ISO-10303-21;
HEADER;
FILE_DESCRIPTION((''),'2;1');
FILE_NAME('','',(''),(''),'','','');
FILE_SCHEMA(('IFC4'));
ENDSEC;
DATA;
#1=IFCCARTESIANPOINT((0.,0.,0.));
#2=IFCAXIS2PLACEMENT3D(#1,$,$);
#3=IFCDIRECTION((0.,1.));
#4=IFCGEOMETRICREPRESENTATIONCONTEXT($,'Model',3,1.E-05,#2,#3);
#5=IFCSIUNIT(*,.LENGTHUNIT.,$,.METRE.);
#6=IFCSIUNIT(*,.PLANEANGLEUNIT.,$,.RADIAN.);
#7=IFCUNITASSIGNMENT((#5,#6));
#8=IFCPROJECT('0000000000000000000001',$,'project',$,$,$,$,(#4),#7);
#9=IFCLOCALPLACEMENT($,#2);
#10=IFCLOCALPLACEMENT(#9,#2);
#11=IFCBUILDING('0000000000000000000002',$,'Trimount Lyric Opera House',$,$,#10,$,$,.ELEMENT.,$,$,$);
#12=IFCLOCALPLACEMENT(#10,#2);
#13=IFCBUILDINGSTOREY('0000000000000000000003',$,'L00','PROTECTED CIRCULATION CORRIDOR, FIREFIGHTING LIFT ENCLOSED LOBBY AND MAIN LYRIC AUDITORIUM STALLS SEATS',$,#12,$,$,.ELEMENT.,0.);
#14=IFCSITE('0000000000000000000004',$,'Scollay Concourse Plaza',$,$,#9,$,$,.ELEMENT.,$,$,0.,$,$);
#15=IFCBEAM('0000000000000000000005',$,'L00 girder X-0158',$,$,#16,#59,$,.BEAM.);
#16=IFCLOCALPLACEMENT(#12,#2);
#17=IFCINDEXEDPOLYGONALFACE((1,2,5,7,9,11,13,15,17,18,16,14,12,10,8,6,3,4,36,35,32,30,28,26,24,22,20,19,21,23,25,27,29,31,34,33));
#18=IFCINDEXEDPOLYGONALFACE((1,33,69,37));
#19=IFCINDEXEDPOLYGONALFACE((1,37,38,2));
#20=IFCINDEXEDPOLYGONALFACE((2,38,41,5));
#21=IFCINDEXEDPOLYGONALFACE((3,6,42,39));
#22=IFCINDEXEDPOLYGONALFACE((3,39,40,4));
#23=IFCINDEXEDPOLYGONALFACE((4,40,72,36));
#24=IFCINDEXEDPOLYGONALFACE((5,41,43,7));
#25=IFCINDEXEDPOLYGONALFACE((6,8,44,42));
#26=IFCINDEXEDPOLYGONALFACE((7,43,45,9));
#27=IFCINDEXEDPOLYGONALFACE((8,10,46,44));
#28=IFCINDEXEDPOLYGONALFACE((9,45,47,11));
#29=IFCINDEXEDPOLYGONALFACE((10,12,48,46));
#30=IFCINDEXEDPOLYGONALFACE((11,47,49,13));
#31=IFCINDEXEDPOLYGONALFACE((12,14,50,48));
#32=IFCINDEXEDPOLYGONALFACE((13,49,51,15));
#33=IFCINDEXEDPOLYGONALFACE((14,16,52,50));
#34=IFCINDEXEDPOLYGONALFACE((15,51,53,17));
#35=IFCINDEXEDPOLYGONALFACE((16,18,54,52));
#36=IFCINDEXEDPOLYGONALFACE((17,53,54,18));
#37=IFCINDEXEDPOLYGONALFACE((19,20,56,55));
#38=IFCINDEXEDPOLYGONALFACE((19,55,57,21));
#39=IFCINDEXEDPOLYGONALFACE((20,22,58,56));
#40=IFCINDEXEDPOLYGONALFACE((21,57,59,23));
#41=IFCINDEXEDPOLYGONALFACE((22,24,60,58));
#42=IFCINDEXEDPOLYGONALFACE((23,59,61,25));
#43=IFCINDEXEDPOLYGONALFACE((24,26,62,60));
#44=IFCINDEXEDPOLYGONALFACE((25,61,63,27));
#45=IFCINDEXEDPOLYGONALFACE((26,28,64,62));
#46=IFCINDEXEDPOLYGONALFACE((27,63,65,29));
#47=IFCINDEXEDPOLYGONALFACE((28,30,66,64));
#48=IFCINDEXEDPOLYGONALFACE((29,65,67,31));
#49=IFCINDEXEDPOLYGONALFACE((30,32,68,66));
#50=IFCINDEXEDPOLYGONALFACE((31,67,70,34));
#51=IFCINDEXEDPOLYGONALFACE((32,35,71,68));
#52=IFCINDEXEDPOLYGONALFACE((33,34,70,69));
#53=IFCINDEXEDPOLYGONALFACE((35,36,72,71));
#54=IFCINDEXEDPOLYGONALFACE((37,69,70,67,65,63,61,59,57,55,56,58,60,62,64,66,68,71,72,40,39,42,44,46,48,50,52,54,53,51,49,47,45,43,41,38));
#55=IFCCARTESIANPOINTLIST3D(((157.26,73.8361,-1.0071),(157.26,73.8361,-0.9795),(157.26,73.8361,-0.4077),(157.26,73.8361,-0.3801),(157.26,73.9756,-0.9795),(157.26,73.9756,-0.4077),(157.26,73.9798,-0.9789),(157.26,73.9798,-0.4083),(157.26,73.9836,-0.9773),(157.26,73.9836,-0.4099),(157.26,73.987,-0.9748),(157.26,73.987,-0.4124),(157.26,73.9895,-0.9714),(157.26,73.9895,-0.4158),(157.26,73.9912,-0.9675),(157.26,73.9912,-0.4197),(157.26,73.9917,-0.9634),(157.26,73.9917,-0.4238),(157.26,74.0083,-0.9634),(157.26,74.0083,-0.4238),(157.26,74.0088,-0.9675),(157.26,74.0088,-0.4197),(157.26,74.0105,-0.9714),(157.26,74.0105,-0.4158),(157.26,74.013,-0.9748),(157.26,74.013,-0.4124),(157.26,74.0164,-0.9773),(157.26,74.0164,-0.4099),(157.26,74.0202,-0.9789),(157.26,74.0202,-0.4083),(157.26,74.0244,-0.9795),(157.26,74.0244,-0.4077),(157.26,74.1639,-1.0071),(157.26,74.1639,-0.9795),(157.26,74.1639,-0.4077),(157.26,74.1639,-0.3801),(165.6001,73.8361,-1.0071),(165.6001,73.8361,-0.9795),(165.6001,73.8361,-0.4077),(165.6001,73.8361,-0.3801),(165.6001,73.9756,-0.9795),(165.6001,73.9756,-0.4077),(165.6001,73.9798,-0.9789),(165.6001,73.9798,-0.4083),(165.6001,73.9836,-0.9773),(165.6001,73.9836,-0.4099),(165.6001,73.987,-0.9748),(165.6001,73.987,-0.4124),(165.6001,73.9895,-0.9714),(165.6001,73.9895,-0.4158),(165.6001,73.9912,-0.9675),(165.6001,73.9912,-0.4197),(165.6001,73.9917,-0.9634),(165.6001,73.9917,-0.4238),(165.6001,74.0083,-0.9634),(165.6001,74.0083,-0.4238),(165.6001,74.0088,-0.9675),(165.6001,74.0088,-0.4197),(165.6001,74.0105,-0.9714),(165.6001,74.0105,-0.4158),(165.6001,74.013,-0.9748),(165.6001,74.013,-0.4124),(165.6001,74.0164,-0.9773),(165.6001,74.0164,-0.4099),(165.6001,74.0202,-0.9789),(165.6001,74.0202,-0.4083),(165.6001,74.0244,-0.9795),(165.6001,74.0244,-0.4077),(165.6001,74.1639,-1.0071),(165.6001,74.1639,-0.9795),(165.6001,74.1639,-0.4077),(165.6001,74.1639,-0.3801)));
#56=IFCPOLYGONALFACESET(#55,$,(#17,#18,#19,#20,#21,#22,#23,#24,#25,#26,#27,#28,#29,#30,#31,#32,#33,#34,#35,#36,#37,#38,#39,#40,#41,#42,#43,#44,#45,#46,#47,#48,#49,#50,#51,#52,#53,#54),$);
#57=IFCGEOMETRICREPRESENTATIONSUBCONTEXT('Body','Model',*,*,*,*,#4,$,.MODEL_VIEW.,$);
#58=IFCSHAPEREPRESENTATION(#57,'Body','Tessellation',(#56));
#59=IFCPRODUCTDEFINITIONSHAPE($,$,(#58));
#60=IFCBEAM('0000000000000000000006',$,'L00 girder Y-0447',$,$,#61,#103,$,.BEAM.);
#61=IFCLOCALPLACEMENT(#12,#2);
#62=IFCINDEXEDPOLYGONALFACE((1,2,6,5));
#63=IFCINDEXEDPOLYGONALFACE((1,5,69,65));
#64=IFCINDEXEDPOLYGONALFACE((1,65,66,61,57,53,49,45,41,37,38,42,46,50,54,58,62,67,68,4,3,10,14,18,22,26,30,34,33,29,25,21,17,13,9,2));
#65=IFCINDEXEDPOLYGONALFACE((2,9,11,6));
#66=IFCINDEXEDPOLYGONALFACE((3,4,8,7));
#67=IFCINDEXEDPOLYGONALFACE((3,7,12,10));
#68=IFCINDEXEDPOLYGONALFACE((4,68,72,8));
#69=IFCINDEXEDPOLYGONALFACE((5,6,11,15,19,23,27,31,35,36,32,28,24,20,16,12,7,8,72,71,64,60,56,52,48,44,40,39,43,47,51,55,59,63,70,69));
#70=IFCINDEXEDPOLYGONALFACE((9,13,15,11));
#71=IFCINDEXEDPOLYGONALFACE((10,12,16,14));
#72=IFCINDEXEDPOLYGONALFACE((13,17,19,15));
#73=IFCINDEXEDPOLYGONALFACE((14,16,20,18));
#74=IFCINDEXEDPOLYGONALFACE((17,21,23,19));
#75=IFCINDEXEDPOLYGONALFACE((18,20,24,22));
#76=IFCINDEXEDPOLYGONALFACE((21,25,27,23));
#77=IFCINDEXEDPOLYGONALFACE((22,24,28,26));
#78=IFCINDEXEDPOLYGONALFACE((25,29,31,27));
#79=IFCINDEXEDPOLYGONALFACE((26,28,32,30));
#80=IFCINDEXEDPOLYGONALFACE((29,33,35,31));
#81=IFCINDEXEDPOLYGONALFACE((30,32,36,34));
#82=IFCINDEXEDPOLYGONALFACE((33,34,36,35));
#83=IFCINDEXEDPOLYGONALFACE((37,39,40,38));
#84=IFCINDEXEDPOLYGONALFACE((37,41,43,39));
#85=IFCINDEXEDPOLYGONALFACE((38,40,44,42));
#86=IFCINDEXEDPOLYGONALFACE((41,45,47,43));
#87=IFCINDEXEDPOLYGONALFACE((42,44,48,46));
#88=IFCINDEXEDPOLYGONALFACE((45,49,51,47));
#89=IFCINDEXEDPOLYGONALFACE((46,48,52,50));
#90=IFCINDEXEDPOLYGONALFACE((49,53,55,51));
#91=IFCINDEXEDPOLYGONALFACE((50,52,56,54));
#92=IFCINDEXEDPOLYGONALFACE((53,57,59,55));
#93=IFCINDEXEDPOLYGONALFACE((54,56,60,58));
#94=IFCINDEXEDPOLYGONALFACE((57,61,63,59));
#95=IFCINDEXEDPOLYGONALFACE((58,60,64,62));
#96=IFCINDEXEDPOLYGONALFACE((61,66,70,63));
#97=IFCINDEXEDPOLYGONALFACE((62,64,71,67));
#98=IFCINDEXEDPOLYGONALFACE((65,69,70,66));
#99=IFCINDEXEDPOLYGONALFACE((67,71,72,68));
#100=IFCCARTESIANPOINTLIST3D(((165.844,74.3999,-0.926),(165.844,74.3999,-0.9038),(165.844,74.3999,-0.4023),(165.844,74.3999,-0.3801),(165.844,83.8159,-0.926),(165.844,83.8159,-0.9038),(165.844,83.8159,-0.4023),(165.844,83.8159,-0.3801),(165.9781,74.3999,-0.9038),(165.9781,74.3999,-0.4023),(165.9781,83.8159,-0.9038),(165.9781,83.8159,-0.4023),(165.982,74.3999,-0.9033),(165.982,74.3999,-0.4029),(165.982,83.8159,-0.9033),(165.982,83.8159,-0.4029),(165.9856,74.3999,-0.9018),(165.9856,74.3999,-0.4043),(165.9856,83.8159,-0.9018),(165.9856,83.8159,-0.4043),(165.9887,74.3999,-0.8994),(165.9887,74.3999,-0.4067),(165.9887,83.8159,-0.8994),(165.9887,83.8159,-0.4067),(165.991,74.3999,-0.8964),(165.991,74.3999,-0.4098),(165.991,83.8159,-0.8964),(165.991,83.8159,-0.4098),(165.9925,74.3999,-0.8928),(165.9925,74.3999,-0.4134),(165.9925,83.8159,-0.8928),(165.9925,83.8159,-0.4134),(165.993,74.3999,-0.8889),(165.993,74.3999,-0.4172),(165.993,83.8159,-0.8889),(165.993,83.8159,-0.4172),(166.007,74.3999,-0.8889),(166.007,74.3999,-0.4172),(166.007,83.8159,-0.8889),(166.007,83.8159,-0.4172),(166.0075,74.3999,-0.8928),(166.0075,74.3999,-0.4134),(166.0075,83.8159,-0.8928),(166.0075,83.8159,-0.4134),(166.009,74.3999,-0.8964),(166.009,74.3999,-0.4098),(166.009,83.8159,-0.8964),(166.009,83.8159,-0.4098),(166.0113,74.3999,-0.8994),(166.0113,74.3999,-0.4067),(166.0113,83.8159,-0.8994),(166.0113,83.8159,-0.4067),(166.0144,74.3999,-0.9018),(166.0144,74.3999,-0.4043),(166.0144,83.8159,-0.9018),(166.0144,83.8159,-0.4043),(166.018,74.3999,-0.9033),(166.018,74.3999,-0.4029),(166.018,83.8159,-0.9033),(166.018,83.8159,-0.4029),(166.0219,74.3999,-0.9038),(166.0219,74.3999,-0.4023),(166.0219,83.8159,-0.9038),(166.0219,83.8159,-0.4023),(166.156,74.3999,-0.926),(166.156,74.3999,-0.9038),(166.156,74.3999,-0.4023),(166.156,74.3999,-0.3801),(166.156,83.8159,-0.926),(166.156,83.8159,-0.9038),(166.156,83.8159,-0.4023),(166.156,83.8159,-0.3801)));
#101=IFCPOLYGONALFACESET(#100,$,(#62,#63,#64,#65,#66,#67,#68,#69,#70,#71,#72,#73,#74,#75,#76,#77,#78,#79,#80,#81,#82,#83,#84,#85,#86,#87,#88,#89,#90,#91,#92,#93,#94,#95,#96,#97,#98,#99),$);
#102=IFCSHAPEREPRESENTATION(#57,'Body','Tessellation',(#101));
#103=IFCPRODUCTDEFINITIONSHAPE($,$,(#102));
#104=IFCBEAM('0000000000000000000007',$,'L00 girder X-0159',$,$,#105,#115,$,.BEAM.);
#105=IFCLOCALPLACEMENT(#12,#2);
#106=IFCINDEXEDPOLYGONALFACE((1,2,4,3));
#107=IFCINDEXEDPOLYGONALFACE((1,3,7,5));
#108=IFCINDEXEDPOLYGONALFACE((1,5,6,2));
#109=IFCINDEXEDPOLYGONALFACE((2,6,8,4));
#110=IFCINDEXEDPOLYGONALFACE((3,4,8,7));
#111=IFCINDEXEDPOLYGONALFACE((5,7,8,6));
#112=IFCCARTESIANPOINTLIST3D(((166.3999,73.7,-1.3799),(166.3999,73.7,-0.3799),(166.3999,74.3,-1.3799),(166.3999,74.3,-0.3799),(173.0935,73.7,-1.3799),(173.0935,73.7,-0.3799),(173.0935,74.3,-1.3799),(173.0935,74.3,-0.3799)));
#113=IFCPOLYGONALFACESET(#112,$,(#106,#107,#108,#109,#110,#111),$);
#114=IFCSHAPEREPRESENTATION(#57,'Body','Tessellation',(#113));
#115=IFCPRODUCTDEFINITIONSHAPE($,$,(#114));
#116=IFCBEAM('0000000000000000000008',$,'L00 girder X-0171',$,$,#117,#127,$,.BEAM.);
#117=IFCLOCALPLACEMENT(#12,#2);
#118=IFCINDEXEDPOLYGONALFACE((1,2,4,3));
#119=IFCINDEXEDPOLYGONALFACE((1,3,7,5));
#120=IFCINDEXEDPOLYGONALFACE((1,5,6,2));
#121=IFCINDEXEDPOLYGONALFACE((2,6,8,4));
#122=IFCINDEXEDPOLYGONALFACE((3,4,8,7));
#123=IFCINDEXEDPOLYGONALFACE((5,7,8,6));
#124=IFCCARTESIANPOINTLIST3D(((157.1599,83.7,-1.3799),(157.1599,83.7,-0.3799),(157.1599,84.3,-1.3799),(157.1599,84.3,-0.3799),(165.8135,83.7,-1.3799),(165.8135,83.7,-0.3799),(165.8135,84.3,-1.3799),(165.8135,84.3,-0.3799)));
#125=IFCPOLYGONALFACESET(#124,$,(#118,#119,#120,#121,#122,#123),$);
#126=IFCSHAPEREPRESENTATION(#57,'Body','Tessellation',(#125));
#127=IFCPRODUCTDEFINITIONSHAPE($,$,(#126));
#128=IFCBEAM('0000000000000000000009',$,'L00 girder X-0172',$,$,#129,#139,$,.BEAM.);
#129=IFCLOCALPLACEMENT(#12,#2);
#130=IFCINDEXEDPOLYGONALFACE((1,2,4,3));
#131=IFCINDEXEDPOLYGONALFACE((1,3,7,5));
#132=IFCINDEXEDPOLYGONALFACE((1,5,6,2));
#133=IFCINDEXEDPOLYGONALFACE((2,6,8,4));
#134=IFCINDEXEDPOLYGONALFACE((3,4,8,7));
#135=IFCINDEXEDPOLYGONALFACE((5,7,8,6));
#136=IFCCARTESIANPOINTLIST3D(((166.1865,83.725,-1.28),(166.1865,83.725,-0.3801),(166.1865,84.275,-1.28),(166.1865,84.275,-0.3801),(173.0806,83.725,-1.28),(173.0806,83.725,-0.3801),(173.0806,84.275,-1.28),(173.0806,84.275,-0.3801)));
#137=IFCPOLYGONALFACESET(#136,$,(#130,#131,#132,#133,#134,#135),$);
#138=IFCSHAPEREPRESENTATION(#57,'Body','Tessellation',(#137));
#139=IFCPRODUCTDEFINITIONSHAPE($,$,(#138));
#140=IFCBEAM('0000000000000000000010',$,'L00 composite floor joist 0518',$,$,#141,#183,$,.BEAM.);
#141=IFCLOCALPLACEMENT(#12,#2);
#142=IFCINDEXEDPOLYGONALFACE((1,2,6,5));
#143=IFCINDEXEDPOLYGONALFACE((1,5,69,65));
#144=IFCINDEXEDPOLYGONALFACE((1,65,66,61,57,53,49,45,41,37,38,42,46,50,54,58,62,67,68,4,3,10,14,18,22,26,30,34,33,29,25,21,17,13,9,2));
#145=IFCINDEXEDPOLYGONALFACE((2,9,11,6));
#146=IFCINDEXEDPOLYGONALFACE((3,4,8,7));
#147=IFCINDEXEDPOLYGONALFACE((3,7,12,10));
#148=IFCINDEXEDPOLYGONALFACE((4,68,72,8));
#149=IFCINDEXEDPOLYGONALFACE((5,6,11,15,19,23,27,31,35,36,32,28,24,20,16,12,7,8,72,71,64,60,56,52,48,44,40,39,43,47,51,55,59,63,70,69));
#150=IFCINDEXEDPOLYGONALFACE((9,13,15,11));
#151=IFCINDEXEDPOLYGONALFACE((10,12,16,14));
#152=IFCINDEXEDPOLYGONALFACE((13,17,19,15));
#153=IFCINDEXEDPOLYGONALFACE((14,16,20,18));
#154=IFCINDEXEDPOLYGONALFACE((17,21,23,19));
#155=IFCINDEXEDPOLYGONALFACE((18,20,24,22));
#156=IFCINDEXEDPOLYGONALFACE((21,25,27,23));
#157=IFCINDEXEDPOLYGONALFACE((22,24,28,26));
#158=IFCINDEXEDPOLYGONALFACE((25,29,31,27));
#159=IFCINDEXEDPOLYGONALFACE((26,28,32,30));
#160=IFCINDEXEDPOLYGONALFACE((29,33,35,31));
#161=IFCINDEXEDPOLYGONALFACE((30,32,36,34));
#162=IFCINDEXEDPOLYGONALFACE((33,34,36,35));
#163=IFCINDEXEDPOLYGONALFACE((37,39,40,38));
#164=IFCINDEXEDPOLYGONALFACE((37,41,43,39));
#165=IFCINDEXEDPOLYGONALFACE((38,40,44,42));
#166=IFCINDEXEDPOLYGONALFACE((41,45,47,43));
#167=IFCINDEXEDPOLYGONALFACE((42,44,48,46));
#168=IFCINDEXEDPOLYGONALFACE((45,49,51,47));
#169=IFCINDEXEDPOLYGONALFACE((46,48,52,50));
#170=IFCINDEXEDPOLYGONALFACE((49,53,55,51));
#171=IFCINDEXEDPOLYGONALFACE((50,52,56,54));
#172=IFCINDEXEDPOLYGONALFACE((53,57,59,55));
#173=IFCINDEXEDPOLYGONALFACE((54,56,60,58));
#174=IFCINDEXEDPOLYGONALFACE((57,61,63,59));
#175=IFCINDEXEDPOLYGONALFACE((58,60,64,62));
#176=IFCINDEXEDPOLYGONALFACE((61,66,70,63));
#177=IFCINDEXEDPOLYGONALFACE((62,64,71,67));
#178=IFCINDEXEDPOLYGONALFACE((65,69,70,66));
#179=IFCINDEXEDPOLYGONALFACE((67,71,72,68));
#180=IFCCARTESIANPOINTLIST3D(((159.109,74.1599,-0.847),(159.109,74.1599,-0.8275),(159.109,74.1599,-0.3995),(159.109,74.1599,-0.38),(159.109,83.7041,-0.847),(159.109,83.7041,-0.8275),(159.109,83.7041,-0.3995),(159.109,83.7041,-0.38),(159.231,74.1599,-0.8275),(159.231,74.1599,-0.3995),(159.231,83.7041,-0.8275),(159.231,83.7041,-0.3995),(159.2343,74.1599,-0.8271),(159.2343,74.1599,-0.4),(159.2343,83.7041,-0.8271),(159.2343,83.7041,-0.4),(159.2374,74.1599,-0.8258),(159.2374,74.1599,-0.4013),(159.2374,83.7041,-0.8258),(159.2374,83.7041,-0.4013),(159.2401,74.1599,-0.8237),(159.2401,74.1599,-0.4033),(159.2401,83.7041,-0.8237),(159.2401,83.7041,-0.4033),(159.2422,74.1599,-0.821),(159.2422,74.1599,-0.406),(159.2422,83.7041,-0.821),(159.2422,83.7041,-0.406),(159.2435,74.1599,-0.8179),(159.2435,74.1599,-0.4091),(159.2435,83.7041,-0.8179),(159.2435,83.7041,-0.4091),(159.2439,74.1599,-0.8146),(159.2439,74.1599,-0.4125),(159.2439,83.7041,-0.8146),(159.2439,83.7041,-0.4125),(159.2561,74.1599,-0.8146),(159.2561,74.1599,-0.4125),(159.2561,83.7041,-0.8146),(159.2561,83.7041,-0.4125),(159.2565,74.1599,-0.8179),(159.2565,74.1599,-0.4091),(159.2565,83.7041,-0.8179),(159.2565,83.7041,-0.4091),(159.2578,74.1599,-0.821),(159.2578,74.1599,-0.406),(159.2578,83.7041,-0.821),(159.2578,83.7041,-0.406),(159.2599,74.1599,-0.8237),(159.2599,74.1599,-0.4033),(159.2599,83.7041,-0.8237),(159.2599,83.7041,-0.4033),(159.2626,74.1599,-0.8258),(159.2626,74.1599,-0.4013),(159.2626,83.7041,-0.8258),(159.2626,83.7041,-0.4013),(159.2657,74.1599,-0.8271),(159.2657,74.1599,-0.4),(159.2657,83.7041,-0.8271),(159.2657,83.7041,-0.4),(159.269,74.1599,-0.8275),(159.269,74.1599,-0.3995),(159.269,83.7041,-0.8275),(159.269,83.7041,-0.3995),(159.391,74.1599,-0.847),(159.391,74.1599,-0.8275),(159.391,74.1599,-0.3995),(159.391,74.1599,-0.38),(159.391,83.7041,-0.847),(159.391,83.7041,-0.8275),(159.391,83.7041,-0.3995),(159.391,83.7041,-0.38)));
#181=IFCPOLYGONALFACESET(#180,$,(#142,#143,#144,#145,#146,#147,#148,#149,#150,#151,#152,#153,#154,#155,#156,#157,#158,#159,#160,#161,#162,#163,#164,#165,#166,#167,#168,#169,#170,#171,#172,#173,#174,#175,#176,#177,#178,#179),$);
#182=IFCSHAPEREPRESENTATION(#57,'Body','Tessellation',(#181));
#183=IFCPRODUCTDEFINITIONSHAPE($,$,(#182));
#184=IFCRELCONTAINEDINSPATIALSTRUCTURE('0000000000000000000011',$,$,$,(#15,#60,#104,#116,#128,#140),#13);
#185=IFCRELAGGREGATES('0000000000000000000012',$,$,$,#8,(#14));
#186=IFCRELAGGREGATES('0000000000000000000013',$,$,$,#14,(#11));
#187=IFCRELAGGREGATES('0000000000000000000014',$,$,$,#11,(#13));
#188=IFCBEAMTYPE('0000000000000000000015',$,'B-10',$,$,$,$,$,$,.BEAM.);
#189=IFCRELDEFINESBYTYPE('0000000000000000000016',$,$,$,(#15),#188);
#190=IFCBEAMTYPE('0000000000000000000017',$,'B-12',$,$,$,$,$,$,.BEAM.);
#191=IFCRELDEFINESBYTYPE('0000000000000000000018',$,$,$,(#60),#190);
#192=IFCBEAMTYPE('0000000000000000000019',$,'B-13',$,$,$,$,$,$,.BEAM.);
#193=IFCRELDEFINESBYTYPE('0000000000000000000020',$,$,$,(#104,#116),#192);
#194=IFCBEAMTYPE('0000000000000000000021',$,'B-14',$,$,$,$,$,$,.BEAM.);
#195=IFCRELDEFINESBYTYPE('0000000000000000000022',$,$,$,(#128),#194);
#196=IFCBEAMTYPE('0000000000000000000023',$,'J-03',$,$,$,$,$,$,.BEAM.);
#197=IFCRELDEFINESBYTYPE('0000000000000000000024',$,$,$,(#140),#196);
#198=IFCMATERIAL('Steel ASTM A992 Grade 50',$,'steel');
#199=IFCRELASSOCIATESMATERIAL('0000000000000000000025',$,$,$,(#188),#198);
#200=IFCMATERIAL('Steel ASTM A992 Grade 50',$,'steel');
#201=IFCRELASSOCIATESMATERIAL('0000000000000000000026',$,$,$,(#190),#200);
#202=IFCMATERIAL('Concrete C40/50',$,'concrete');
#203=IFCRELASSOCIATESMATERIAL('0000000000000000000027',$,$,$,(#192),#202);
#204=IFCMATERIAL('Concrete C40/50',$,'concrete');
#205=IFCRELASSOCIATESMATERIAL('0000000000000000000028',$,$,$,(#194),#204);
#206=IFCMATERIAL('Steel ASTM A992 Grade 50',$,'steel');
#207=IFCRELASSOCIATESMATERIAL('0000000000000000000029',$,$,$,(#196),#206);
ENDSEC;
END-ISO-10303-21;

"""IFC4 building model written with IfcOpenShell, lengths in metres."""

from ifc_helpers import new_model, si_unit, direction, frame, origin, origin_2d, place, context, subcontext, project, spatial, rectangle, i_section, extrude, material, material_profile, profile_set, type_object, element, save


model = new_model("IFC4")

# Units and contexts
model_context = context("Model", 3, precision=1e-05, world=origin(), true_north=direction((0.0, 1.0)))
body_context = subcontext(model_context, "Body", "Model", "MODEL_VIEW")
ifc_project = project(units=[si_unit("LENGTHUNIT", "METRE"), si_unit("PLANEANGLEUNIT", "RADIAN")], contexts=[model_context])

# Site, building, storey
site_placement = place(None, origin())
site = spatial("IfcSite", under=ifc_project, at=site_placement, Name="Scollay Concourse Plaza", CompositionType="ELEMENT", RefElevation=0.0)
building_placement = place(site_placement, origin())
building = spatial("IfcBuilding", under=site, at=building_placement, Name="Trimount Lyric Opera House", CompositionType="ELEMENT")
storey_placement = place(building_placement, origin())
storey = spatial("IfcBuildingStorey", under=building, at=storey_placement, Name="L00", Description="PROTECTED CIRCULATION CORRIDOR, FIREFIGHTING LIFT ENCLOSED LOBBY AND MAIN LYRIC AUDITORIUM STALLS SEATS", CompositionType="ELEMENT", Elevation=0.0)

# Beams
ifc_material_1 = material(Name="Steel ASTM A992 Grade 50", Category="steel")
ifc_material_profile_1 = material_profile(ifc_material_1, i_section(OverallWidth=0.3279, OverallDepth=0.627, WebThickness=0.0166, FlangeThickness=0.0276, FilletRadius=0.0161, at=origin_2d()), Name="W24X146")
ifc_profile_set_1 = profile_set([ifc_material_profile_1], Name="Steel ASTM A992 Grade 50")
beam_type_1 = type_object("IfcBeamType", Name="B-10", PredefinedType="BEAM", material=ifc_profile_set_1)
beam_1_placement = place(storey_placement, frame((157.26, 74.0, -0.6936), z_axis=(1.0, 0.0, 0.0), x_axis=(0.0, 1.0, 0.0)))
element("IfcBeam", 1, at=beam_1_placement, inside=storey, type_object=beam_type_1, Name="L00 girder X-0158", PredefinedType="BEAM", context=body_context, shape_type="SweptSolid", body=[
    extrude(i_section(OverallWidth=0.3279, OverallDepth=0.627, WebThickness=0.0166, FlangeThickness=0.0276, FilletRadius=0.0161, at=origin_2d()), origin(), (0.0, 0.0, 1.0), 8.3401),
])
ifc_material_2 = material(Name="Steel ASTM A992 Grade 50", Category="steel")
ifc_material_profile_2 = material_profile(ifc_material_2, i_section(OverallWidth=0.312, OverallDepth=0.5459, WebThickness=0.0139, FlangeThickness=0.0222, FilletRadius=0.0149, at=origin_2d()), Name="W21X111")
ifc_profile_set_2 = profile_set([ifc_material_profile_2], Name="Steel ASTM A992 Grade 50")
beam_type_2 = type_object("IfcBeamType", Name="B-12", PredefinedType="BEAM", material=ifc_profile_set_2)
beam_2_placement = place(storey_placement, frame((166.0, 74.3999, -0.6531), z_axis=(0.0, 1.0, 0.0), x_axis=(-1.0, 0.0, 0.0)))
element("IfcBeam", 2, at=beam_2_placement, inside=storey, type_object=beam_type_2, Name="L00 girder Y-0447", PredefinedType="BEAM", context=body_context, shape_type="SweptSolid", body=[
    extrude(i_section(OverallWidth=0.312, OverallDepth=0.5459, WebThickness=0.0139, FlangeThickness=0.0222, FilletRadius=0.0149, at=origin_2d()), origin(), (0.0, 0.0, 1.0), 9.416),
])
ifc_material_3 = material(Name="Concrete C40/50", Category="concrete")
ifc_material_profile_3 = material_profile(ifc_material_3, rectangle(XDim=0.6001, YDim=1.0, at=origin_2d()), Name="RC600X1000")
ifc_profile_set_3 = profile_set([ifc_material_profile_3], Name="Concrete C40/50")
beam_type_3 = type_object("IfcBeamType", Name="B-13", PredefinedType="BEAM", material=ifc_profile_set_3)
beam_3_placement = place(storey_placement, frame((166.3999, 74.0, -0.8799), z_axis=(1.0, 0.0, 0.0), x_axis=(0.0, 1.0, 0.0)))
element("IfcBeam", 3, at=beam_3_placement, inside=storey, type_object=beam_type_3, Name="L00 girder X-0159", PredefinedType="BEAM", context=body_context, shape_type="SweptSolid", body=[
    extrude(rectangle(XDim=0.6001, YDim=1.0, at=origin_2d()), origin(), (0.0, 0.0, 1.0), 6.6936),
])
beam_4_placement = place(storey_placement, frame((157.1599, 84.0, -0.8799), z_axis=(1.0, 0.0, 0.0), x_axis=(0.0, 1.0, 0.0)))
element("IfcBeam", 4, at=beam_4_placement, inside=storey, type_object=beam_type_3, Name="L00 girder X-0171", PredefinedType="BEAM", context=body_context, shape_type="SweptSolid", body=[
    extrude(rectangle(XDim=0.6001, YDim=1.0, at=origin_2d()), origin(), (0.0, 0.0, 1.0), 8.6536),
])
ifc_material_4 = material(Name="Concrete C40/50", Category="concrete")
ifc_material_profile_4 = material_profile(ifc_material_4, rectangle(XDim=0.55, YDim=0.8999, at=origin_2d()), Name="RC550X900")
ifc_profile_set_4 = profile_set([ifc_material_profile_4], Name="Concrete C40/50")
beam_type_4 = type_object("IfcBeamType", Name="B-14", PredefinedType="BEAM", material=ifc_profile_set_4)
beam_5_placement = place(storey_placement, frame((166.1865, 84.0, -0.8301), z_axis=(1.0, 0.0, 0.0), x_axis=(0.0, 1.0, 0.0)))
element("IfcBeam", 5, at=beam_5_placement, inside=storey, type_object=beam_type_4, Name="L00 girder X-0172", PredefinedType="BEAM", context=body_context, shape_type="SweptSolid", body=[
    extrude(rectangle(XDim=0.55, YDim=0.8999, at=origin_2d()), origin(), (0.0, 0.0, 1.0), 6.894),
])
ifc_material_5 = material(Name="Steel ASTM A992 Grade 50", Category="steel")
ifc_material_profile_5 = material_profile(ifc_material_5, i_section(OverallWidth=0.282, OverallDepth=0.467, WebThickness=0.0122, FlangeThickness=0.0195, FilletRadius=0.0129, at=origin_2d()), Name="W18X86")
ifc_profile_set_5 = profile_set([ifc_material_profile_5], Name="Steel ASTM A992 Grade 50")
beam_type_5 = type_object("IfcBeamType", Name="J-03", PredefinedType="BEAM", material=ifc_profile_set_5)
beam_6_placement = place(storey_placement, frame((159.25, 74.1599, -0.6135), z_axis=(0.0, 1.0, 0.0), x_axis=(-1.0, 0.0, 0.0)))
element("IfcBeam", 6, at=beam_6_placement, inside=storey, type_object=beam_type_5, Name="L00 composite floor joist 0518", PredefinedType="BEAM", context=body_context, shape_type="SweptSolid", body=[
    extrude(i_section(OverallWidth=0.282, OverallDepth=0.467, WebThickness=0.0122, FlangeThickness=0.0195, FilletRadius=0.0129, at=origin_2d()), origin(), (0.0, 0.0, 1.0), 9.5442),
])

save(model, "model.ifc")
